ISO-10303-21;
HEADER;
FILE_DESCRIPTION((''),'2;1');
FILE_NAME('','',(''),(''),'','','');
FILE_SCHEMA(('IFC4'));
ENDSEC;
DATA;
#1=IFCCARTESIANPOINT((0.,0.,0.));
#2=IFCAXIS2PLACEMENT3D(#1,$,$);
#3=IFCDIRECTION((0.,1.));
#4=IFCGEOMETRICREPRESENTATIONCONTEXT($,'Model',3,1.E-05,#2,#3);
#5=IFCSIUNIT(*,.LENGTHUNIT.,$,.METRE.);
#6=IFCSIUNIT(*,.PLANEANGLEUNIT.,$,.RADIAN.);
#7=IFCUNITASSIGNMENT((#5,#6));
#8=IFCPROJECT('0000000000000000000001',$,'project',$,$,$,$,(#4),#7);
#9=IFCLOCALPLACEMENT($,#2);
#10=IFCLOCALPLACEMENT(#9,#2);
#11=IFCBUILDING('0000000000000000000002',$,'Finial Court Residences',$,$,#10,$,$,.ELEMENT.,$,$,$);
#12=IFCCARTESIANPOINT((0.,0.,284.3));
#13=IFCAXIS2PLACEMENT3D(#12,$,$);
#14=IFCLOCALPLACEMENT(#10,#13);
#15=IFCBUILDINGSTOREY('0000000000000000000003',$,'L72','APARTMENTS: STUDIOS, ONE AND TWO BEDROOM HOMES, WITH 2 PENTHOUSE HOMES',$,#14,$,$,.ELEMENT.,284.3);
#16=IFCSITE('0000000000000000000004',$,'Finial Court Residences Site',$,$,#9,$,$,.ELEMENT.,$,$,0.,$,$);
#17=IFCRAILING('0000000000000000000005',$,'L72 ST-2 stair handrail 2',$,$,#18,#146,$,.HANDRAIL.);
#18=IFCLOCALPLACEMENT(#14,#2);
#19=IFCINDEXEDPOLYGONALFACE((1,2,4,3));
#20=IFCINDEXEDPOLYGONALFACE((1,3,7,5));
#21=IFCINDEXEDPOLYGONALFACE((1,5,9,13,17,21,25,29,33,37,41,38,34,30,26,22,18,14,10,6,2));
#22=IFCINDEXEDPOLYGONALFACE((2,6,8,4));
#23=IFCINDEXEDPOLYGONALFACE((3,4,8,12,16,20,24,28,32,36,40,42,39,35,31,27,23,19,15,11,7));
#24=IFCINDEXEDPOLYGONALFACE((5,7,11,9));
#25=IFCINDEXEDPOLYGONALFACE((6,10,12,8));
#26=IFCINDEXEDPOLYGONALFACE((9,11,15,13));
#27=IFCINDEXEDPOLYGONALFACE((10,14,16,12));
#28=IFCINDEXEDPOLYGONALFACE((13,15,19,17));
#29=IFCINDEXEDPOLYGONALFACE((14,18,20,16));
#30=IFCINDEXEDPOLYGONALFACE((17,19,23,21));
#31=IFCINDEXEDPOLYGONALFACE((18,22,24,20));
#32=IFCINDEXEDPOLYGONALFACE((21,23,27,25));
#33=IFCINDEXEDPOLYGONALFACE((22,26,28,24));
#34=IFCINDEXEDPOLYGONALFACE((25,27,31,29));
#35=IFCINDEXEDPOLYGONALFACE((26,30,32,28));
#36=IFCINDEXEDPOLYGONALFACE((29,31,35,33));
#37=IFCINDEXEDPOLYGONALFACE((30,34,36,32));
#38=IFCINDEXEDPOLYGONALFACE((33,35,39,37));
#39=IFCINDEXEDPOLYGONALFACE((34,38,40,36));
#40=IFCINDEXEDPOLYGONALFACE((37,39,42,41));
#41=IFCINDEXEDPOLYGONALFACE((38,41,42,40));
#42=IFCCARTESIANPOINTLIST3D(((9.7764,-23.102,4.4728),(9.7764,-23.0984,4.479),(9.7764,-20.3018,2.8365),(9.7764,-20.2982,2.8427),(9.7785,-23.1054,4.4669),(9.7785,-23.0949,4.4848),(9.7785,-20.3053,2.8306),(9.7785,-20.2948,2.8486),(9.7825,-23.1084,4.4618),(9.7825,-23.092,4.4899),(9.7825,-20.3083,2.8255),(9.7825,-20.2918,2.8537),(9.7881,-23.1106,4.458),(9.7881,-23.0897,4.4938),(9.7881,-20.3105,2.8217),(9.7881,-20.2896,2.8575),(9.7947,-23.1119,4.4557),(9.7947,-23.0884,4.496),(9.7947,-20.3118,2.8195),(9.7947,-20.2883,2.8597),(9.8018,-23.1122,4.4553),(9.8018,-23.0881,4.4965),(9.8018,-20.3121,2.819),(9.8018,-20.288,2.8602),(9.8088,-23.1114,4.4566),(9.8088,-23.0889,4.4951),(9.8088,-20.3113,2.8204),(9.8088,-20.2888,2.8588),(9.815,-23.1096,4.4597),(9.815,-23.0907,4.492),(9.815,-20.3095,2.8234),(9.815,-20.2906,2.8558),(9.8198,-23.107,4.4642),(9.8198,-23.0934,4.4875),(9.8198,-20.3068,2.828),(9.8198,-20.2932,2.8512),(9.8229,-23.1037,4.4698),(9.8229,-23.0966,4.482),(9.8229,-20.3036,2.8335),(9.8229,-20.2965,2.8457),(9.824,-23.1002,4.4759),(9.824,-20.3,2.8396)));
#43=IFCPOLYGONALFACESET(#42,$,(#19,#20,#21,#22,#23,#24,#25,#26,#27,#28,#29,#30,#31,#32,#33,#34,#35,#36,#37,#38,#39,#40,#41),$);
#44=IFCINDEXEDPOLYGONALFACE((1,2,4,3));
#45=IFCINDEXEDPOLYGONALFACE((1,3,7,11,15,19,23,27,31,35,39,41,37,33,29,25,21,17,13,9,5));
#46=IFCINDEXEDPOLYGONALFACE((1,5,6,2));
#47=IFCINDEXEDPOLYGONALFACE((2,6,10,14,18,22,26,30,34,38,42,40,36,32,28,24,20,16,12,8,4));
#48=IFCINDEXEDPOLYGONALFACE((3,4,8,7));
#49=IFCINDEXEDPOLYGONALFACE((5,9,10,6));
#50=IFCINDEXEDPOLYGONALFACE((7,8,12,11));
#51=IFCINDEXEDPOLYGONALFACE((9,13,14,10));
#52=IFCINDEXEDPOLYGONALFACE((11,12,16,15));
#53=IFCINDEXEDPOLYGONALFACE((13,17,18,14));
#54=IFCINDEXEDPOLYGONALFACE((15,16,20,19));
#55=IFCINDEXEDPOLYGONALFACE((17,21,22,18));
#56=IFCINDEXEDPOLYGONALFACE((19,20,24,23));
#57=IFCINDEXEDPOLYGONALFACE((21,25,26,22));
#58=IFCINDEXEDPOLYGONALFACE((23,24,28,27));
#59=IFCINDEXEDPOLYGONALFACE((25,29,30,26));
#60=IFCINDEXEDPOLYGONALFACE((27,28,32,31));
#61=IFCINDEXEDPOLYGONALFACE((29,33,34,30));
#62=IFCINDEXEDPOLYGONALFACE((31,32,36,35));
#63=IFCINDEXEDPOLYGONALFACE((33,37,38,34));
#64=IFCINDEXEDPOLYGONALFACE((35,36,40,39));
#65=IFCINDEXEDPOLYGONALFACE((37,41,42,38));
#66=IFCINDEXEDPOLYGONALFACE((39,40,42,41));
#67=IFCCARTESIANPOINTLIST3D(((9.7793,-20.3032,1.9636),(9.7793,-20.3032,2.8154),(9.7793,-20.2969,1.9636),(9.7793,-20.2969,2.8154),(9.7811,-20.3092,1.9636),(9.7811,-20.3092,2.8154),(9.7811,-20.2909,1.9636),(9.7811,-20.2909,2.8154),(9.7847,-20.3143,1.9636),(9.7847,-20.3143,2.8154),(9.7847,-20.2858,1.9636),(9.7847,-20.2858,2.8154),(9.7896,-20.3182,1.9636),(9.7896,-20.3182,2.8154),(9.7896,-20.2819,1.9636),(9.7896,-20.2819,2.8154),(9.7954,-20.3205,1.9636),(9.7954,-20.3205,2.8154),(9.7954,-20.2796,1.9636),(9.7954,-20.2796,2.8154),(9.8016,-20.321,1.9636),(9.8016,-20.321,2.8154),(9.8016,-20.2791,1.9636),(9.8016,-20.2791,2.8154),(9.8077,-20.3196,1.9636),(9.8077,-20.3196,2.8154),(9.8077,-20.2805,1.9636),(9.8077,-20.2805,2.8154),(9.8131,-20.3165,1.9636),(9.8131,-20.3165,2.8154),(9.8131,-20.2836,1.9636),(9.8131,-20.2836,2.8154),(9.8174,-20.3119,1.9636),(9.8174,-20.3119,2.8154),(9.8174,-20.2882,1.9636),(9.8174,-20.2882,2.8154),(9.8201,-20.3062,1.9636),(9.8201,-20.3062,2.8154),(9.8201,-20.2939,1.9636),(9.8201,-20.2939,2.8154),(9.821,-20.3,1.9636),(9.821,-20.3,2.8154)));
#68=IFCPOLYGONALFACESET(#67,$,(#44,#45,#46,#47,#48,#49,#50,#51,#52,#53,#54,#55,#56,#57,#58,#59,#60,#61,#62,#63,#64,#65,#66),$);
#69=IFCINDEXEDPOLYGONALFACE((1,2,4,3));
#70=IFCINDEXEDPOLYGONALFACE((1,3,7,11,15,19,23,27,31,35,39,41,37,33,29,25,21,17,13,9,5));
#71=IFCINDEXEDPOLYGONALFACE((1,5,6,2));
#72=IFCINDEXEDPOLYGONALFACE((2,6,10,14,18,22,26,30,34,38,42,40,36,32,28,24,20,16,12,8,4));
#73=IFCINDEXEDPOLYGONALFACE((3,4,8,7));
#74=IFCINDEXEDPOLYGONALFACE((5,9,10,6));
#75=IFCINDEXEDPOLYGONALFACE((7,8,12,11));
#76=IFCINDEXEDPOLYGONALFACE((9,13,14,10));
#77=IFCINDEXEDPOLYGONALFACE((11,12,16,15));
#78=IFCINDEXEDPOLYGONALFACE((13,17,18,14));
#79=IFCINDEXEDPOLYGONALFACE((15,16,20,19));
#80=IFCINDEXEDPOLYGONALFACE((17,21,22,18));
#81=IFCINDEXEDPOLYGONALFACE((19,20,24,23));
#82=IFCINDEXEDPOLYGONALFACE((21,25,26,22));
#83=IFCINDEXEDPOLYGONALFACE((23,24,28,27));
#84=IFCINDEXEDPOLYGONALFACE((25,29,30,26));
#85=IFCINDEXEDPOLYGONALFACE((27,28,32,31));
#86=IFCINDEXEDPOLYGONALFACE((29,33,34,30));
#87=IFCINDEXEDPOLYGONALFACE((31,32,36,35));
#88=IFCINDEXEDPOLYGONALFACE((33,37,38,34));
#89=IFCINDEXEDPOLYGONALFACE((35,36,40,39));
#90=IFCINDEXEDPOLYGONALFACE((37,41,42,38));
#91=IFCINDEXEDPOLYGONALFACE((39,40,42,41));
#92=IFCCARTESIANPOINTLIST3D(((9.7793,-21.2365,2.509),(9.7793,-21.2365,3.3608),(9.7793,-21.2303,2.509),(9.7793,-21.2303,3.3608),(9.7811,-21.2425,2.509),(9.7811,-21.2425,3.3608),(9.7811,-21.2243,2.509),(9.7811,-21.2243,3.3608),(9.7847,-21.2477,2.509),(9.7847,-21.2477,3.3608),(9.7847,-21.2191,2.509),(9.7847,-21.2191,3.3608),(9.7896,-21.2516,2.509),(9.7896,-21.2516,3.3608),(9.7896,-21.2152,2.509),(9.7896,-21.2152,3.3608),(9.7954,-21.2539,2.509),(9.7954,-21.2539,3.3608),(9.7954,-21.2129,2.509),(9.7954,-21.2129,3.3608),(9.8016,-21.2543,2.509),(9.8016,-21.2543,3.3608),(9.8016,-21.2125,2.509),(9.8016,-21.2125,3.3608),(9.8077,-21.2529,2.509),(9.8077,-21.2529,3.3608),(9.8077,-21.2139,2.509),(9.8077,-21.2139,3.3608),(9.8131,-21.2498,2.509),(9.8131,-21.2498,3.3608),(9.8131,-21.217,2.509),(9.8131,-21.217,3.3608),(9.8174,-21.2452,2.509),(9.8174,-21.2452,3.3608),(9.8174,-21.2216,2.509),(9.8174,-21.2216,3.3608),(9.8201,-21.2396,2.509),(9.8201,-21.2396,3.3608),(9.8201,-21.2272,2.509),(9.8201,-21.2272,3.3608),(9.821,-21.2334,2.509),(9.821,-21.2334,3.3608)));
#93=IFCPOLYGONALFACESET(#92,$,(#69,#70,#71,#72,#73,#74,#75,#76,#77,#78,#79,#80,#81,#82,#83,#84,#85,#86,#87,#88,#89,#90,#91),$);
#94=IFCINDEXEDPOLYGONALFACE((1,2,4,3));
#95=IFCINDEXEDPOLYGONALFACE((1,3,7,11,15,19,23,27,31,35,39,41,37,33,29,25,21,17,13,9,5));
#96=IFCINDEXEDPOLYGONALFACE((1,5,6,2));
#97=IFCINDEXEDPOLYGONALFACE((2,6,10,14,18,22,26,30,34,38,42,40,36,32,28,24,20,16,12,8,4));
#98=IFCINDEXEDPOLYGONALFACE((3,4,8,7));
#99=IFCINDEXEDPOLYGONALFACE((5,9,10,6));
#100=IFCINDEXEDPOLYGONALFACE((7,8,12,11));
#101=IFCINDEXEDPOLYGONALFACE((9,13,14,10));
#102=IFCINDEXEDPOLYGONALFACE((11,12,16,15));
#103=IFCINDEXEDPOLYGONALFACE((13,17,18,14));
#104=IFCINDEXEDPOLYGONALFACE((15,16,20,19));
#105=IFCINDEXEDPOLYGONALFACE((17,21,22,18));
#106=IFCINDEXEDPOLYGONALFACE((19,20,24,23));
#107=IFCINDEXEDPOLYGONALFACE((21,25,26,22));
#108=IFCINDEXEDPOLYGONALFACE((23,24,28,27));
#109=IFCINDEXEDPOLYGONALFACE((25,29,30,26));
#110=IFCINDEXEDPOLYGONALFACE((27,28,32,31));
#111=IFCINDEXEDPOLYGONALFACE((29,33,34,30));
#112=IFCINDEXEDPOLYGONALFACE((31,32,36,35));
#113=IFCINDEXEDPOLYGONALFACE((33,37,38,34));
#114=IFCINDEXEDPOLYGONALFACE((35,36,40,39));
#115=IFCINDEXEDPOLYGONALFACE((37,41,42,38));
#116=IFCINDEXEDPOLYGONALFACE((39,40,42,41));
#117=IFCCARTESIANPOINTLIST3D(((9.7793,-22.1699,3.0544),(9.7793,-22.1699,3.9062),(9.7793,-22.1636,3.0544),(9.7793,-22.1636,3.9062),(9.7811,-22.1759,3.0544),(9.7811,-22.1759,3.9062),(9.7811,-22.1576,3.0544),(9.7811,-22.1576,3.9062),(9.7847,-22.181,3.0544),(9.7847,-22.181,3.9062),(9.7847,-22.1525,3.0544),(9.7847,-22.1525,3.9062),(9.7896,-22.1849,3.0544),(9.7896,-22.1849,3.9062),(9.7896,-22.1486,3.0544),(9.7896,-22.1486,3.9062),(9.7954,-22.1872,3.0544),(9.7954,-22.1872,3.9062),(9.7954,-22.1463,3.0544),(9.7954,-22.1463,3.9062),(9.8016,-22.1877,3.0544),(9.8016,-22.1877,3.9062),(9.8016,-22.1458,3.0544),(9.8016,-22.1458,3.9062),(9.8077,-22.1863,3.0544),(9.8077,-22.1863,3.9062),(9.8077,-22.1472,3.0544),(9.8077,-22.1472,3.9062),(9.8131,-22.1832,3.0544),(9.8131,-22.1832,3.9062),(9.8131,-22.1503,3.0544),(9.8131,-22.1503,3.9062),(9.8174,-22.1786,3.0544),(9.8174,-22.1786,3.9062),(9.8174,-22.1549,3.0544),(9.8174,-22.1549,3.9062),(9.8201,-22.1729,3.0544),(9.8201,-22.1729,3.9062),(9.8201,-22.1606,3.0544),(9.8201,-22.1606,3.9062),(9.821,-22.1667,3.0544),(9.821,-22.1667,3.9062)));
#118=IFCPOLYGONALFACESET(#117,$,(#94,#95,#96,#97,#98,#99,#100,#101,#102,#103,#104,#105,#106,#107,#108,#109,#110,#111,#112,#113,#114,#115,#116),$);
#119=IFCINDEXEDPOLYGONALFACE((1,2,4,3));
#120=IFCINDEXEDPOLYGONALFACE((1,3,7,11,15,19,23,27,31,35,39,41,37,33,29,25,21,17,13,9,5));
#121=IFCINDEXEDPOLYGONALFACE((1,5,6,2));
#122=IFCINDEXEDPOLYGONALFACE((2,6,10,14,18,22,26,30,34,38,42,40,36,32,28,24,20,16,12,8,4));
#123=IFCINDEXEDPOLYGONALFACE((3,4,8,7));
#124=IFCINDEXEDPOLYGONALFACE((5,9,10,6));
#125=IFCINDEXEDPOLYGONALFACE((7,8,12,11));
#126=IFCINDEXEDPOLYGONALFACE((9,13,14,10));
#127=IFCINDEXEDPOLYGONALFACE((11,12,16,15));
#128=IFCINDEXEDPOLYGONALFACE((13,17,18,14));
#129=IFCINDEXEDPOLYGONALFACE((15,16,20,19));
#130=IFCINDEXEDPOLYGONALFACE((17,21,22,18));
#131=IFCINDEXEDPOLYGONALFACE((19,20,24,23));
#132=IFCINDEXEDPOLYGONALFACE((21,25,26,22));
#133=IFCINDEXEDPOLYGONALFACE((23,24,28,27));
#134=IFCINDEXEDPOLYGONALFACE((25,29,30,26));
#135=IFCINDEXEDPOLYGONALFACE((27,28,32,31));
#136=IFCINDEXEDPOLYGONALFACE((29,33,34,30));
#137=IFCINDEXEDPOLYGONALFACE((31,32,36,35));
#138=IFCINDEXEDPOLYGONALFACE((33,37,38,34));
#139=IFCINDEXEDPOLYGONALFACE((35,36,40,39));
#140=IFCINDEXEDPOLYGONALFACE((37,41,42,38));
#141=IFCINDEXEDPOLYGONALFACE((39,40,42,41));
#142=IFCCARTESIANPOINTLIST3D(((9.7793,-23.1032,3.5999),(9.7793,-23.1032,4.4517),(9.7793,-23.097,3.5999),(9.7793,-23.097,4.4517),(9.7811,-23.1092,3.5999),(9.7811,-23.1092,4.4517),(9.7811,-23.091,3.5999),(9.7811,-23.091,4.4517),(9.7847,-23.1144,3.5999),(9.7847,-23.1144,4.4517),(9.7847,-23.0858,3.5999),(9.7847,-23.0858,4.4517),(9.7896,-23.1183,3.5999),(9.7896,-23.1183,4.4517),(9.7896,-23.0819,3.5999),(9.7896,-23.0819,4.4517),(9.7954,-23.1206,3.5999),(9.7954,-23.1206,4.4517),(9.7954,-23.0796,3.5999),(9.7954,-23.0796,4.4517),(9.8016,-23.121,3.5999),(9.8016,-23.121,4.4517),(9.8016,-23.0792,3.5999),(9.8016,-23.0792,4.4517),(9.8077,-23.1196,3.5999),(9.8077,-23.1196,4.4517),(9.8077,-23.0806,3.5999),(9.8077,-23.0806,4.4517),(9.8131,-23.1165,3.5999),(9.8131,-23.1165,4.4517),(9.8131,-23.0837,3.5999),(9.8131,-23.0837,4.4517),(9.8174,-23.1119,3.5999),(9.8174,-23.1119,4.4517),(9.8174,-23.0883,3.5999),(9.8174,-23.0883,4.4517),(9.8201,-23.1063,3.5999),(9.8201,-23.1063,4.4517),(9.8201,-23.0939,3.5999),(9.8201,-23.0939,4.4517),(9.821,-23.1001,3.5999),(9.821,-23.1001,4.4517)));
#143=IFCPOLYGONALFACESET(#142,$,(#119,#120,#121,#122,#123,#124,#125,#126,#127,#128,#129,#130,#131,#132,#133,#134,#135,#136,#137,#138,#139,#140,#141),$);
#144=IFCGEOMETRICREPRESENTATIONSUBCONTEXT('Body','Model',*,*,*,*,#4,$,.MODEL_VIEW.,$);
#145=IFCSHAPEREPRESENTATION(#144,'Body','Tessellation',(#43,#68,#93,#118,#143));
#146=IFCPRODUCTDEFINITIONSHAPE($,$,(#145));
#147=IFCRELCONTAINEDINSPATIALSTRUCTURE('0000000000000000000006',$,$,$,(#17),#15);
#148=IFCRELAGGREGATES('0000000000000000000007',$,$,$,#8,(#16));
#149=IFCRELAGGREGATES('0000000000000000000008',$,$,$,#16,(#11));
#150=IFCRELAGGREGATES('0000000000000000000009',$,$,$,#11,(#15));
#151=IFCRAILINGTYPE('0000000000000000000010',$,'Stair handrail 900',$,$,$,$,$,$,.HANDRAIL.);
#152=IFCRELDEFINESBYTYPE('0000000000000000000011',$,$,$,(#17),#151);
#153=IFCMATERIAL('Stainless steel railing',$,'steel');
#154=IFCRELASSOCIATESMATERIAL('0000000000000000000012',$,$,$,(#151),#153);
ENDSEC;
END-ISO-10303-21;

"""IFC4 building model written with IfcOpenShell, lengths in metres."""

from ifc_helpers import new_model, si_unit, direction, frame, origin, origin_2d, place, context, subcontext, project, spatial, circle, extrude, material, type_object, element, save


model = new_model("IFC4")

# Units and contexts
model_context = context("Model", 3, precision=1e-05, world=origin(), true_north=direction((0.0, 1.0)))
body_context = subcontext(model_context, "Body", "Model", "MODEL_VIEW")
ifc_project = project(units=[si_unit("LENGTHUNIT", "METRE"), si_unit("PLANEANGLEUNIT", "RADIAN")], contexts=[model_context])

# Site, building, storey
site_placement = place(None, origin())
site = spatial("IfcSite", under=ifc_project, at=site_placement, Name="Finial Court Residences Site", CompositionType="ELEMENT", RefElevation=0.0)
building_placement = place(site_placement, origin())
building = spatial("IfcBuilding", under=site, at=building_placement, Name="Finial Court Residences", CompositionType="ELEMENT")
storey_placement = place(building_placement, frame((0.0, 0.0, 284.3)))
storey = spatial("IfcBuildingStorey", under=building, at=storey_placement, Name="L72", Description="APARTMENTS: STUDIOS, ONE AND TWO BEDROOM HOMES, WITH 2 PENTHOUSE HOMES", CompositionType="ELEMENT", Elevation=284.3)

# Railing
ifc_material_1 = material(Name="Stainless steel railing", Category="steel")
railing_type_1 = type_object("IfcRailingType", Name="Stair handrail 900", PredefinedType="HANDRAIL", material=ifc_material_1)
railing_1_placement = place(storey_placement, frame((9.8, -20.3, 1.9636)))
element("IfcRailing", 1, at=railing_1_placement, inside=storey, type_object=railing_type_1, Name="L72 ST-2 stair handrail 2", PredefinedType="HANDRAIL", context=body_context, shape_type="SweptSolid", body=[
    extrude(circle(Radius=0.0239, at=origin_2d()), frame((0.0, 0.0, 0.876), z_axis=(0.0, -0.863394, 0.504531), x_axis=(1.0, 0.0, 0.0)), (0.0, 0.0, 1.0), 3.2432),
    extrude(circle(Radius=0.021, at=origin_2d()), origin(), (0.0, 0.0, 1.0), 0.8518),
    extrude(circle(Radius=0.021, at=origin_2d()), frame((0.0, -0.9333, 0.5454)), (0.0, 0.0, 1.0), 0.8518),
    extrude(circle(Radius=0.021, at=origin_2d()), frame((0.0, -1.8667, 1.0908)), (0.0, 0.0, 1.0), 0.8518),
    extrude(circle(Radius=0.021, at=origin_2d()), frame((0.0, -2.8, 1.6362)), (0.0, 0.0, 1.0), 0.8518),
])

save(model, "model.ifc")
